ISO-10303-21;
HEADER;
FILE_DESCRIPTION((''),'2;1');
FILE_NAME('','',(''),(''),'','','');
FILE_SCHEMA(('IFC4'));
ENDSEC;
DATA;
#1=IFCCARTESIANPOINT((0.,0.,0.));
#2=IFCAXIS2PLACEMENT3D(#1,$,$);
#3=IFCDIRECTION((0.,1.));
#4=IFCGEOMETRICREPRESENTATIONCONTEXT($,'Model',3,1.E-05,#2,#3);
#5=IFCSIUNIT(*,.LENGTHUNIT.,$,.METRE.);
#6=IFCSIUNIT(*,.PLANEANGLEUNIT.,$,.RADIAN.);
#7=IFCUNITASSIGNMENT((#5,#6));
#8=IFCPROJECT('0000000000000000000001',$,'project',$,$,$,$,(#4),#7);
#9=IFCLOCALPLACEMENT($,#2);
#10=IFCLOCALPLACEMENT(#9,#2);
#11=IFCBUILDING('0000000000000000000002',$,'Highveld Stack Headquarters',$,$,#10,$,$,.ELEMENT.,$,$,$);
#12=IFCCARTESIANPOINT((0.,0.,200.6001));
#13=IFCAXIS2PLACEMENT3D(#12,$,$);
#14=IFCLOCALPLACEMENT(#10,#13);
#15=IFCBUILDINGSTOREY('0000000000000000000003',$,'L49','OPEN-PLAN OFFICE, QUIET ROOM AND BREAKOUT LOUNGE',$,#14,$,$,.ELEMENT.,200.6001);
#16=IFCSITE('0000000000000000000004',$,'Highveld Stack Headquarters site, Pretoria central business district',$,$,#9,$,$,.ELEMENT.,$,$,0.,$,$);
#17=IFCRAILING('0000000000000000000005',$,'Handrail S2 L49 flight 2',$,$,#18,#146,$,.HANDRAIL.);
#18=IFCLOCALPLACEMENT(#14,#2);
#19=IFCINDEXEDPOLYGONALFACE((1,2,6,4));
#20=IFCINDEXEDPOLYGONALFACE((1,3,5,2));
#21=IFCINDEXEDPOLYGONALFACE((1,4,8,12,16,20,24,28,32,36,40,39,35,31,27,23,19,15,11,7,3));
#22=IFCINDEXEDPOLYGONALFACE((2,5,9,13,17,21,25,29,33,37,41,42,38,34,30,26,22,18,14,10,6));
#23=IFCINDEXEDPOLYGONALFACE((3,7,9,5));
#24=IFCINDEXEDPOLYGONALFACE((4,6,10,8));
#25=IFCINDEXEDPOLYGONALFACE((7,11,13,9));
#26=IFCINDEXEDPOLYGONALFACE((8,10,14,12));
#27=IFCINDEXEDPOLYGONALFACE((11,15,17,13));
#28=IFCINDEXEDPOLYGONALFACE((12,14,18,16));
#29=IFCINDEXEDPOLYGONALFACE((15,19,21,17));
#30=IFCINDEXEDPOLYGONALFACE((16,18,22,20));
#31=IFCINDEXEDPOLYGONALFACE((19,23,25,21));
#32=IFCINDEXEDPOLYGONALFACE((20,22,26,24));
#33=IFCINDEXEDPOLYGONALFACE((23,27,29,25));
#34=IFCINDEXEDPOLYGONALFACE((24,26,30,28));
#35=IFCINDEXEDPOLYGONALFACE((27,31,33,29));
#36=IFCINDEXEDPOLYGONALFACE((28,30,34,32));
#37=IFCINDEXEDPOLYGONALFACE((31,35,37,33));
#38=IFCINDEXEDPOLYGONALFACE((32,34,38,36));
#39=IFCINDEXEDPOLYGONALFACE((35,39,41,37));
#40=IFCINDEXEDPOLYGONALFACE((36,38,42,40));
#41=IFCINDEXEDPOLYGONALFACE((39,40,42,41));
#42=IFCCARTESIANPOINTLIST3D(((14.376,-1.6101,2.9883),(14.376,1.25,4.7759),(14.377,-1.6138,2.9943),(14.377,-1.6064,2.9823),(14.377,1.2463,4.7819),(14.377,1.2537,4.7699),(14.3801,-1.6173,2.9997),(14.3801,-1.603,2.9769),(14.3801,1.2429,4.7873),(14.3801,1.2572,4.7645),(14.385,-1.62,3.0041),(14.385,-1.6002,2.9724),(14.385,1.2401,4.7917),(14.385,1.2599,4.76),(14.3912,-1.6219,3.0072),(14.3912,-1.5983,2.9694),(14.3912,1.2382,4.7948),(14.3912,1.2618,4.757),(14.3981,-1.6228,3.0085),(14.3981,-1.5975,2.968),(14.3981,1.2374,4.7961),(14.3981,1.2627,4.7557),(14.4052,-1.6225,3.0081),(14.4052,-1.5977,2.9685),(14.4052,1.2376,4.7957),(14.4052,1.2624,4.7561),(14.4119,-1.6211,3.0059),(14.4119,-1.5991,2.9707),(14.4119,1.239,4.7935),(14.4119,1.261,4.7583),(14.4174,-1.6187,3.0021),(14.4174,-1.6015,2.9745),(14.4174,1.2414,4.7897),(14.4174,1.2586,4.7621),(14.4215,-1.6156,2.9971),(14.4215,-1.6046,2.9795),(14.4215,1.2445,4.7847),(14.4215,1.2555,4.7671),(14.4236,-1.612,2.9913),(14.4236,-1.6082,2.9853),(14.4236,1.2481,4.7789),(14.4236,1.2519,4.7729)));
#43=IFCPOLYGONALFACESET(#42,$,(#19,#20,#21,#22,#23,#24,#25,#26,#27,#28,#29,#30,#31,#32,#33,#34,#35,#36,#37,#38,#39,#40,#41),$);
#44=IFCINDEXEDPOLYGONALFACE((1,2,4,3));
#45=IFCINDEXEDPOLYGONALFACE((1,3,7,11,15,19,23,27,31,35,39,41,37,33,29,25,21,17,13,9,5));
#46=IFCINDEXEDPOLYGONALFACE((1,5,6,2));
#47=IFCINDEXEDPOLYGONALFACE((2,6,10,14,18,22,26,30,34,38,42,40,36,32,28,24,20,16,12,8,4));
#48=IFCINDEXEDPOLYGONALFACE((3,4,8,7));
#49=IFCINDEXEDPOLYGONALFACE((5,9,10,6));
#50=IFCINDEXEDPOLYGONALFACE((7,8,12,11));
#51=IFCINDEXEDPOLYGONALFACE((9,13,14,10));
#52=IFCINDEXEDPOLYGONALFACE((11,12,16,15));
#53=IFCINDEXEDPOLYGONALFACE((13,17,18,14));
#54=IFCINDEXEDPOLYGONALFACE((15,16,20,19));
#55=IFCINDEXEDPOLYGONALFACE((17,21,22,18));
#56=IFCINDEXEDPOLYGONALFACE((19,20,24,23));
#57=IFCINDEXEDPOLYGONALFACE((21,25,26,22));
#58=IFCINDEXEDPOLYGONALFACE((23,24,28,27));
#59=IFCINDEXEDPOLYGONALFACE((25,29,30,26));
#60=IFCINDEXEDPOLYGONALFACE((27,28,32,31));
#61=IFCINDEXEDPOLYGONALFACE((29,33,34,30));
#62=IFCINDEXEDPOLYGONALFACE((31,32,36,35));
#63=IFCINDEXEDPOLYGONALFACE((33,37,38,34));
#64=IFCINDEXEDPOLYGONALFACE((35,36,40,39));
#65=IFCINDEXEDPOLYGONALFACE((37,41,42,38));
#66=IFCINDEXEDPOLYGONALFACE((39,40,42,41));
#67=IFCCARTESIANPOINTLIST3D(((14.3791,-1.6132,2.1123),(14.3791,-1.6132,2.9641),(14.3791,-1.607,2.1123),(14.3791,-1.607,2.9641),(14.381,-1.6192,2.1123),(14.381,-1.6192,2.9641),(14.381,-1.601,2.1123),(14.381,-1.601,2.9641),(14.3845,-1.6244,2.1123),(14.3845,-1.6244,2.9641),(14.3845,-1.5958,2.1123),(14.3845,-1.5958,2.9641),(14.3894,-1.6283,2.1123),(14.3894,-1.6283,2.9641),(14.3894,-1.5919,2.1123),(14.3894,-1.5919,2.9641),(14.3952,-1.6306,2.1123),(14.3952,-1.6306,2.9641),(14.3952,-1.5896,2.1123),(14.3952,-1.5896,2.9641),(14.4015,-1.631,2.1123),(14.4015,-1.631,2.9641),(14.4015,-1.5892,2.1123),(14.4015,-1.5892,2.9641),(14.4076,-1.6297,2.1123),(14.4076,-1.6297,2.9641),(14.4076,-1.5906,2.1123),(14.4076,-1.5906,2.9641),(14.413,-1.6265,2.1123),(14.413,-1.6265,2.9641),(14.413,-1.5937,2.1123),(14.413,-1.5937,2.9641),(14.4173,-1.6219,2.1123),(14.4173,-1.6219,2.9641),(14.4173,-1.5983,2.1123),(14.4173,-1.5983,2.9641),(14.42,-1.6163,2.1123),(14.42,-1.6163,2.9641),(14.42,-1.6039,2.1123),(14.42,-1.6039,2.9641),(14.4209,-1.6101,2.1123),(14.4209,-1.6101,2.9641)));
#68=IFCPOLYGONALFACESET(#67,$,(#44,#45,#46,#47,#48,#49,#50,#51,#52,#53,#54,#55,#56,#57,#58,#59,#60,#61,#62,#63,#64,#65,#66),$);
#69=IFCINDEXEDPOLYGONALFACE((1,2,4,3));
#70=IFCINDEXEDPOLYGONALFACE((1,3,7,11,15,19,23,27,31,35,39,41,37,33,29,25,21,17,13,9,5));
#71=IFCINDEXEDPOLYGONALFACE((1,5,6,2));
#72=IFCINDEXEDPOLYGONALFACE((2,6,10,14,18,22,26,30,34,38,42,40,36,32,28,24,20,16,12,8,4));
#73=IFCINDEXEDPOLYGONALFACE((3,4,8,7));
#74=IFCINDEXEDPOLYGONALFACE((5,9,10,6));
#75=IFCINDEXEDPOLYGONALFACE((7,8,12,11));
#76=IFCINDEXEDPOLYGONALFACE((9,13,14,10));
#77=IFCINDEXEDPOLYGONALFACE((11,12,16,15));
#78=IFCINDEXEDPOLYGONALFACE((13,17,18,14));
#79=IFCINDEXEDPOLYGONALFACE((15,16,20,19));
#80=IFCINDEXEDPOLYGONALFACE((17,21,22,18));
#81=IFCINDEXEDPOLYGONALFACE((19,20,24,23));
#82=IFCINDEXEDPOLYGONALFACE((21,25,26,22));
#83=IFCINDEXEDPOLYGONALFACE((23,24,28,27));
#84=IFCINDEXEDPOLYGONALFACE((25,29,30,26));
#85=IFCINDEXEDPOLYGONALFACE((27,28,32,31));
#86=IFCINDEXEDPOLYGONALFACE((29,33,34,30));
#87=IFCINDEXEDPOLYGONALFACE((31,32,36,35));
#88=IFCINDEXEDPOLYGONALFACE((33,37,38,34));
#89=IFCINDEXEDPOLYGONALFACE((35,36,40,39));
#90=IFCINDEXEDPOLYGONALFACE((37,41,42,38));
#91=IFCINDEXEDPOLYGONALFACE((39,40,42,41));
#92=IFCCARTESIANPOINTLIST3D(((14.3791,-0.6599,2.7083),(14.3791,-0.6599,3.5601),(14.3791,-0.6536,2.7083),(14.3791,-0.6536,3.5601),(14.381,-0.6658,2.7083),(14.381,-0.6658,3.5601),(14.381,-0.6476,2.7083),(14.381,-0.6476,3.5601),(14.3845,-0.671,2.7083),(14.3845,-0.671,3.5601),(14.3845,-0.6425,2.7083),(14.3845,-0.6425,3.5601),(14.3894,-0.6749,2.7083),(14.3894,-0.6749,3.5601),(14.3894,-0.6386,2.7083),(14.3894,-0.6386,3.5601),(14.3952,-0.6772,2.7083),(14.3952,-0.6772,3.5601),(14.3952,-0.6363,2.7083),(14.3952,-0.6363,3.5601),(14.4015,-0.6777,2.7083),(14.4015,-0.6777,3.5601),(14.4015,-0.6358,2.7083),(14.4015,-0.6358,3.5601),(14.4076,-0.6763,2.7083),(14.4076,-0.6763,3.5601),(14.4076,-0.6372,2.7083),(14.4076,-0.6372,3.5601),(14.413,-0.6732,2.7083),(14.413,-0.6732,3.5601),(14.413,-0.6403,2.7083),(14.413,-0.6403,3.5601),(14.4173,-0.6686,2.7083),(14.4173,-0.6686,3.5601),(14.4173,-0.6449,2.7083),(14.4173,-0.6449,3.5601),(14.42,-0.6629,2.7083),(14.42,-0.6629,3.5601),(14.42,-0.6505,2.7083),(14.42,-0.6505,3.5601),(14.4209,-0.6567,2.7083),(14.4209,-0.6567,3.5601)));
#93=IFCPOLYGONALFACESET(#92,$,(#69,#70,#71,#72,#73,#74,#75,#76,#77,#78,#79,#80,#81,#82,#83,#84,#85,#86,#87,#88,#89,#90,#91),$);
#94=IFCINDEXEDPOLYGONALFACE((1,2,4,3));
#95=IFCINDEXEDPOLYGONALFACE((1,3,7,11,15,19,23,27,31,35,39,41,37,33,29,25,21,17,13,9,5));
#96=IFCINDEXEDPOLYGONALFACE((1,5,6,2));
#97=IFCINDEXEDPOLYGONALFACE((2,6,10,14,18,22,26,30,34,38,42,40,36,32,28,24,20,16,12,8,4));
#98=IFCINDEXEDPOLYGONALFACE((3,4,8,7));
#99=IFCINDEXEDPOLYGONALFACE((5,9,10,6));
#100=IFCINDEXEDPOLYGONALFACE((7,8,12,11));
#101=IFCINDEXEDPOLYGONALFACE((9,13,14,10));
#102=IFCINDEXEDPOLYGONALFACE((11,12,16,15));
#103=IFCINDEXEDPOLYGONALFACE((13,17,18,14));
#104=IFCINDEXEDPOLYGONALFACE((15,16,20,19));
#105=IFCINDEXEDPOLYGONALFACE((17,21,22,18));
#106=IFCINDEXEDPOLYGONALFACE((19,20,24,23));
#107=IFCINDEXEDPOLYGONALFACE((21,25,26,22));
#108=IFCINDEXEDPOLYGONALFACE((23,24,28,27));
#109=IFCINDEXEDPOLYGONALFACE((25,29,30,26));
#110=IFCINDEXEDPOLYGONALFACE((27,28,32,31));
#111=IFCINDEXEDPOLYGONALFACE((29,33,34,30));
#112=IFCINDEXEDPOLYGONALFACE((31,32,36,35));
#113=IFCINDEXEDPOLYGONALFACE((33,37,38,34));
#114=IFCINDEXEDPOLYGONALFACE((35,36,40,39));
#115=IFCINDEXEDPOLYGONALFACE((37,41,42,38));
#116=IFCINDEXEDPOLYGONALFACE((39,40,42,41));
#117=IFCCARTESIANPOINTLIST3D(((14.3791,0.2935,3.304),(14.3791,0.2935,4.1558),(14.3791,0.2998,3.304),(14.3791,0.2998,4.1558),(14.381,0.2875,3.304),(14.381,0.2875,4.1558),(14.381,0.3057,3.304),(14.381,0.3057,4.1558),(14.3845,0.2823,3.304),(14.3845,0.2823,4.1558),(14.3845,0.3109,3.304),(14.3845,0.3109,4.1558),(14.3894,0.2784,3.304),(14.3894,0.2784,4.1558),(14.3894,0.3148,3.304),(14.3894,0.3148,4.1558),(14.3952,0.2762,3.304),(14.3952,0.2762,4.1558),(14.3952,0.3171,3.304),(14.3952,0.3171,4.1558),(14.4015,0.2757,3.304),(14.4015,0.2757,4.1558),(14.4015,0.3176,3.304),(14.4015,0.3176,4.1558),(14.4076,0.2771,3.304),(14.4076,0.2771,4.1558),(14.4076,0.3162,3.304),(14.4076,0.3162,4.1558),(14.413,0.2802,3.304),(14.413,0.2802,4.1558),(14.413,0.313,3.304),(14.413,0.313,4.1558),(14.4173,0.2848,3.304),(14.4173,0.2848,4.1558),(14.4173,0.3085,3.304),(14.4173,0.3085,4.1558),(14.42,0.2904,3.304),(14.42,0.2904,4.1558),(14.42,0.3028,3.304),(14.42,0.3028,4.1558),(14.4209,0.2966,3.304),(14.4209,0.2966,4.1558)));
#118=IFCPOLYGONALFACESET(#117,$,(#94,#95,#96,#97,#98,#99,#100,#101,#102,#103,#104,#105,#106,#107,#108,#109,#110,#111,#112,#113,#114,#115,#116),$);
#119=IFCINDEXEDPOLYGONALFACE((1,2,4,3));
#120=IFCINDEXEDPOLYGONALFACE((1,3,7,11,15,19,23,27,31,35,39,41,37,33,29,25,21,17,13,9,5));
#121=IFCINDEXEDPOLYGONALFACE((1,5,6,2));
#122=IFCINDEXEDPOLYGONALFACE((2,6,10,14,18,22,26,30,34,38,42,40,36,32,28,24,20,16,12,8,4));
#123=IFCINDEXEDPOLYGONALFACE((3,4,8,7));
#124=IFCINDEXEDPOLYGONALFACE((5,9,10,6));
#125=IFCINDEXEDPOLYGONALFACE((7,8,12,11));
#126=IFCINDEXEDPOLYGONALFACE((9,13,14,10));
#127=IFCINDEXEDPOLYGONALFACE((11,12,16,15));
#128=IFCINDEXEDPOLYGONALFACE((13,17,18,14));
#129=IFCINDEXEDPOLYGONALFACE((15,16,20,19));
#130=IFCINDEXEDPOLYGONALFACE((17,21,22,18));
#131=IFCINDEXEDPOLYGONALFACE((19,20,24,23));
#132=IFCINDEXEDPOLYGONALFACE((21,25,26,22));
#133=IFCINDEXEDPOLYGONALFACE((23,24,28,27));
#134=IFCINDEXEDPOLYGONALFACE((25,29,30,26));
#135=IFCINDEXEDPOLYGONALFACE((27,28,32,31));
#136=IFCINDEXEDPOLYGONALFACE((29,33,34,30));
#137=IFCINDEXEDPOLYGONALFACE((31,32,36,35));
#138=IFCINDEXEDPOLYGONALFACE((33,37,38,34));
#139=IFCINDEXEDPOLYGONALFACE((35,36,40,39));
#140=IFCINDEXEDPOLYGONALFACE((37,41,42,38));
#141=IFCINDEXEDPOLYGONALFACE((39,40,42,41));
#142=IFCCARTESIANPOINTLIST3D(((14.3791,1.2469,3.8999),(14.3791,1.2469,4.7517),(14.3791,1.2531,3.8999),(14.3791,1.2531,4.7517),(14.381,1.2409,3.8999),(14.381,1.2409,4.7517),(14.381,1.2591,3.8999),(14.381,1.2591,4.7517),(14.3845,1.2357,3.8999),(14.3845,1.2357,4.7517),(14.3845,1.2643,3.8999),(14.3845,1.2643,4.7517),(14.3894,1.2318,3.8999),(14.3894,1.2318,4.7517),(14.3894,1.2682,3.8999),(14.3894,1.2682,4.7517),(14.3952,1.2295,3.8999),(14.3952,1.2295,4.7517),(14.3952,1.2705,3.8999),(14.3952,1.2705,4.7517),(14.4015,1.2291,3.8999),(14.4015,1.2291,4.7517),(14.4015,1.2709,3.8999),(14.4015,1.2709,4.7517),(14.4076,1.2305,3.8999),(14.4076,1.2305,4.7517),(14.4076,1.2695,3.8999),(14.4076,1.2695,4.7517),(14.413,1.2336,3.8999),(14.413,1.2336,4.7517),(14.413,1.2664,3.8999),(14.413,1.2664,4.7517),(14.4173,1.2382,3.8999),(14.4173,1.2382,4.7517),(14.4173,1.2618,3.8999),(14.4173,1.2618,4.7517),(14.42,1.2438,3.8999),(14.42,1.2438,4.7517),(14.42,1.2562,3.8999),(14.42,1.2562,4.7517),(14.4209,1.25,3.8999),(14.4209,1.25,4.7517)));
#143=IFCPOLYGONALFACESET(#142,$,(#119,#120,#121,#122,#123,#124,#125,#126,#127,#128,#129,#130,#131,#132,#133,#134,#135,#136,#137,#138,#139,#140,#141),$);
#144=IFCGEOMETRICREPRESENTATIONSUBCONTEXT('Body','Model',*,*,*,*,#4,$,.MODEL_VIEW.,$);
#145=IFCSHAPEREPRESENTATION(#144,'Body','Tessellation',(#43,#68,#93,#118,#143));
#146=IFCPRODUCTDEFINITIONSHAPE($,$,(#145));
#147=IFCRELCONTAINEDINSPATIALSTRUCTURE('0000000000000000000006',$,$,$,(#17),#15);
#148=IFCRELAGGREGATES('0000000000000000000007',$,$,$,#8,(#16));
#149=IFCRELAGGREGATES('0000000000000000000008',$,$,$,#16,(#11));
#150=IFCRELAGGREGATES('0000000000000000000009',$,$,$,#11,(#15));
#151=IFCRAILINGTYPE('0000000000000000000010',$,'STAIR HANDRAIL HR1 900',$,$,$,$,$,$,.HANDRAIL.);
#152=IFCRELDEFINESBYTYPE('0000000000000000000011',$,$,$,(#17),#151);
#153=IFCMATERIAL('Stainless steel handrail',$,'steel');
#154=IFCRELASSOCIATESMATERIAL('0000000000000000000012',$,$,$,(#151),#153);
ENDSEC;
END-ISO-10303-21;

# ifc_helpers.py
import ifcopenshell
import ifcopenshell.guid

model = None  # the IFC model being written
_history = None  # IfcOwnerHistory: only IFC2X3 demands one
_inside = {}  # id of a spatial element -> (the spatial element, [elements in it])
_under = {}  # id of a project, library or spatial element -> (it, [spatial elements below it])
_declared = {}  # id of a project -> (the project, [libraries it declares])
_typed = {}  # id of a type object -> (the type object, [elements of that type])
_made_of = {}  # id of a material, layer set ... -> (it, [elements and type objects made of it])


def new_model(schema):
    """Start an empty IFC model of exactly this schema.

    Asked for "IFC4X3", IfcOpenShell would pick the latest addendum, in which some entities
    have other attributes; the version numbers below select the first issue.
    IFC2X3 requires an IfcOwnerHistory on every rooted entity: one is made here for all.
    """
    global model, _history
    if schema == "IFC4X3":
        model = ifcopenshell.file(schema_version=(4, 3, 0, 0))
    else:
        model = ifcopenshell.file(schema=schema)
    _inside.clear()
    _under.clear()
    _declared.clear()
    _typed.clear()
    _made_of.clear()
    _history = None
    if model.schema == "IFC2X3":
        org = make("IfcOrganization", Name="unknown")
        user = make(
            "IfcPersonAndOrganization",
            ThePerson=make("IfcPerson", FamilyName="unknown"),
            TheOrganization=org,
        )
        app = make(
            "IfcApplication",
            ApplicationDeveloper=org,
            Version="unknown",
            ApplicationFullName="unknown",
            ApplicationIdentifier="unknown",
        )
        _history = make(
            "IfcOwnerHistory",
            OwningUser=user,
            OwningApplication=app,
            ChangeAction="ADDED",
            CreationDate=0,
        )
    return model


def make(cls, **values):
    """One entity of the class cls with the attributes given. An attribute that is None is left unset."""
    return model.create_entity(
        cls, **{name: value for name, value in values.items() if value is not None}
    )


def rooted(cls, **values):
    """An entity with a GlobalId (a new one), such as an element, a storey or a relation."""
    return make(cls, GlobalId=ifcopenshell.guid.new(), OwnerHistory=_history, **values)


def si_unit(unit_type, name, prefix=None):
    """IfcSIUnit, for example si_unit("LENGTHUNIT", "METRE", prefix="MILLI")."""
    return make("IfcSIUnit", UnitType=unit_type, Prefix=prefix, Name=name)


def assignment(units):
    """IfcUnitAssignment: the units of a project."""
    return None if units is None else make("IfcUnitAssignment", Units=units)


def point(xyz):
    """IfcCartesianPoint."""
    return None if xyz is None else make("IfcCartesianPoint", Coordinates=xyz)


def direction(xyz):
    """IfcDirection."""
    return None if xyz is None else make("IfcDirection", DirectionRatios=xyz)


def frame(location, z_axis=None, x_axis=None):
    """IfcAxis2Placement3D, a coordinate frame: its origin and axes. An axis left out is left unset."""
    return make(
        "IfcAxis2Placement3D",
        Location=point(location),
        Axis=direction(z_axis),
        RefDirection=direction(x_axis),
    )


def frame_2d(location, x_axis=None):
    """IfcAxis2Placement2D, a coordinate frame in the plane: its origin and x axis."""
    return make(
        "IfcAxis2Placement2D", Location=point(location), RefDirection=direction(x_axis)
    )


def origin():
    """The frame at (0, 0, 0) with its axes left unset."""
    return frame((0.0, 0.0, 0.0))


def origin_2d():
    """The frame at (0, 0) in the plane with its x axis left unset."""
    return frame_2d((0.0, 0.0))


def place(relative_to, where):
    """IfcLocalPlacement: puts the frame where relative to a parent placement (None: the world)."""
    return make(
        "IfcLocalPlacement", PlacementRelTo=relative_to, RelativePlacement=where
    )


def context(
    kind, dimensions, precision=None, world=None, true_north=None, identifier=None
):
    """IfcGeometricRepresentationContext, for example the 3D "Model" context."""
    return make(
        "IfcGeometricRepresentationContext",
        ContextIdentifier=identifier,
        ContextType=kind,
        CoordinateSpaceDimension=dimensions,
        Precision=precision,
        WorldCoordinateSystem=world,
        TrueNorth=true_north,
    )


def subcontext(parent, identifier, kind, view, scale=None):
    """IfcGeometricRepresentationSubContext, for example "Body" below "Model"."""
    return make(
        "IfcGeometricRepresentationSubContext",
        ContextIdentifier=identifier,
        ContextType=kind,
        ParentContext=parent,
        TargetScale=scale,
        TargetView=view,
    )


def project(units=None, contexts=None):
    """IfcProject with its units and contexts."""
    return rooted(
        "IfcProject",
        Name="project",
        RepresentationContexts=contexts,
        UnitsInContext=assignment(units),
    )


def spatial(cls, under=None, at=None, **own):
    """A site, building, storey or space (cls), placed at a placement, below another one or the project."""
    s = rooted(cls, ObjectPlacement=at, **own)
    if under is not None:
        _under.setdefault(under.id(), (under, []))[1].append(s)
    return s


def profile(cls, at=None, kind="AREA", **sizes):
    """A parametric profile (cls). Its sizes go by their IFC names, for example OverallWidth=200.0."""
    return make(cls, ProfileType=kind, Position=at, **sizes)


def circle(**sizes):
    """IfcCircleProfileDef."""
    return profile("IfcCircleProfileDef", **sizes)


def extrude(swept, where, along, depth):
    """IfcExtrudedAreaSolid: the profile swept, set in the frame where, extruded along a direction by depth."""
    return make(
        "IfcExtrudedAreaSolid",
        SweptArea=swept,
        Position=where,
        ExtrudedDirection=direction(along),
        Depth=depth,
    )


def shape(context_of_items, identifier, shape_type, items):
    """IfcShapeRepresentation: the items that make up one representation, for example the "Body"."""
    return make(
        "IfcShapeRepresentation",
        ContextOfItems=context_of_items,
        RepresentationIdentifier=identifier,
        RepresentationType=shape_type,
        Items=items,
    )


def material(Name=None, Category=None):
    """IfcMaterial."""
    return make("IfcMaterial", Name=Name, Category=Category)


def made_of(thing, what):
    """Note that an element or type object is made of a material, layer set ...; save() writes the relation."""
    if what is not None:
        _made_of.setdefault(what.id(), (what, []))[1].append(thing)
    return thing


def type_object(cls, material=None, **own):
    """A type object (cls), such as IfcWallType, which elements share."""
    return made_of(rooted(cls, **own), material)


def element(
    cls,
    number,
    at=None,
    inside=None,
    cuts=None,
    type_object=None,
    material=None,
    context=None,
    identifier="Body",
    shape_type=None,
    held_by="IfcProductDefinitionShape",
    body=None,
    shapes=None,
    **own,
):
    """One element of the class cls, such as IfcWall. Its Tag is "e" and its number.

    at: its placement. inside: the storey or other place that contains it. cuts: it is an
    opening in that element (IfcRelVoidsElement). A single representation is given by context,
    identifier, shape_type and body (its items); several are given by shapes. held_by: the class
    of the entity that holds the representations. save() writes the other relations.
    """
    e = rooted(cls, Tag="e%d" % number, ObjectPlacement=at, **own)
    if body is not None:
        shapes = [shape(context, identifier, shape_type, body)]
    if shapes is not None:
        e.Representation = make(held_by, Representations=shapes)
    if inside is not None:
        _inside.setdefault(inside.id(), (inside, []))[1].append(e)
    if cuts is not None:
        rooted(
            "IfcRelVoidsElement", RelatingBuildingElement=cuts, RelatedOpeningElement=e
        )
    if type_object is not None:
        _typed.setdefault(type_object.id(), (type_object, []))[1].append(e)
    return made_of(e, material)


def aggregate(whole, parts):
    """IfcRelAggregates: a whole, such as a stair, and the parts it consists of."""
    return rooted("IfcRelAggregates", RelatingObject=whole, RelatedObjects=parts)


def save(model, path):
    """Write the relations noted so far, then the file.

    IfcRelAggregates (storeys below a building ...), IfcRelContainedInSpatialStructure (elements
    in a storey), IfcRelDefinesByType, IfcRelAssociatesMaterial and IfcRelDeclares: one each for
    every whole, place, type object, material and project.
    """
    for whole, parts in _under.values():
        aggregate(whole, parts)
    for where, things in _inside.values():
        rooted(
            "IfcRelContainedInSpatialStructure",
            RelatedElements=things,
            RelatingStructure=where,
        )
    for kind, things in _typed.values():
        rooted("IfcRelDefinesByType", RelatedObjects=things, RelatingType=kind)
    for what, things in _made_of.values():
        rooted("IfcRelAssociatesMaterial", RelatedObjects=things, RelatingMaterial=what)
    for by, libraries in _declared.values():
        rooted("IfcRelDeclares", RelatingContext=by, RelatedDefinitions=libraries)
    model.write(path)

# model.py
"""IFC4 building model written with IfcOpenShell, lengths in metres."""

from ifc_helpers import new_model, si_unit, direction, frame, origin, origin_2d, place, context, subcontext, project, spatial, circle, extrude, material, type_object, element, save


model = new_model("IFC4")

# Units and contexts
model_context = context("Model", 3, precision=1e-05, world=origin(), true_north=direction((0.0, 1.0)))
body_context = subcontext(model_context, "Body", "Model", "MODEL_VIEW")
ifc_project = project(units=[si_unit("LENGTHUNIT", "METRE"), si_unit("PLANEANGLEUNIT", "RADIAN")], contexts=[model_context])

# Site, building, storey
site_placement = place(None, origin())
site = spatial("IfcSite", under=ifc_project, at=site_placement, Name="Highveld Stack Headquarters site, Pretoria central business district", CompositionType="ELEMENT", RefElevation=0.0)
building_placement = place(site_placement, origin())
building = spatial("IfcBuilding", under=site, at=building_placement, Name="Highveld Stack Headquarters", CompositionType="ELEMENT")
storey_placement = place(building_placement, frame((0.0, 0.0, 200.6001)))
storey = spatial("IfcBuildingStorey", under=building, at=storey_placement, Name="L49", Description="OPEN-PLAN OFFICE, QUIET ROOM AND BREAKOUT LOUNGE", CompositionType="ELEMENT", Elevation=200.6001)

# Railing
ifc_material_1 = material(Name="Stainless steel handrail", Category="steel")
railing_type = type_object("IfcRailingType", Name="STAIR HANDRAIL HR1 900", PredefinedType="HANDRAIL", material=ifc_material_1)
railing_placement = place(storey_placement, frame((14.3999, -1.6101, 2.1123)))
element("IfcRailing", 1, at=railing_placement, inside=storey, type_object=railing_type, Name="Handrail S2 L49 flight 2", PredefinedType="HANDRAIL", context=body_context, shape_type="SweptSolid", body=[
    extrude(circle(Radius=0.0239, at=origin_2d()), frame((0.0, 0.0, 0.876), z_axis=(0.0, 0.847994, 0.530005), x_axis=(-1.0, 0.0, 0.0)), (0.0, 0.0, 1.0), 3.3728),
    extrude(circle(Radius=0.021, at=origin_2d()), origin(), (0.0, 0.0, 1.0), 0.8518),
    extrude(circle(Radius=0.021, at=origin_2d()), frame((0.0, 0.9534, 0.5959)), (0.0, 0.0, 1.0), 0.8518),
    extrude(circle(Radius=0.021, at=origin_2d()), frame((0.0, 1.9067, 1.1917)), (0.0, 0.0, 1.0), 0.8518),
    extrude(circle(Radius=0.021, at=origin_2d()), frame((0.0, 2.8601, 1.7876)), (0.0, 0.0, 1.0), 0.8518),
])

save(model, "model.ifc")
